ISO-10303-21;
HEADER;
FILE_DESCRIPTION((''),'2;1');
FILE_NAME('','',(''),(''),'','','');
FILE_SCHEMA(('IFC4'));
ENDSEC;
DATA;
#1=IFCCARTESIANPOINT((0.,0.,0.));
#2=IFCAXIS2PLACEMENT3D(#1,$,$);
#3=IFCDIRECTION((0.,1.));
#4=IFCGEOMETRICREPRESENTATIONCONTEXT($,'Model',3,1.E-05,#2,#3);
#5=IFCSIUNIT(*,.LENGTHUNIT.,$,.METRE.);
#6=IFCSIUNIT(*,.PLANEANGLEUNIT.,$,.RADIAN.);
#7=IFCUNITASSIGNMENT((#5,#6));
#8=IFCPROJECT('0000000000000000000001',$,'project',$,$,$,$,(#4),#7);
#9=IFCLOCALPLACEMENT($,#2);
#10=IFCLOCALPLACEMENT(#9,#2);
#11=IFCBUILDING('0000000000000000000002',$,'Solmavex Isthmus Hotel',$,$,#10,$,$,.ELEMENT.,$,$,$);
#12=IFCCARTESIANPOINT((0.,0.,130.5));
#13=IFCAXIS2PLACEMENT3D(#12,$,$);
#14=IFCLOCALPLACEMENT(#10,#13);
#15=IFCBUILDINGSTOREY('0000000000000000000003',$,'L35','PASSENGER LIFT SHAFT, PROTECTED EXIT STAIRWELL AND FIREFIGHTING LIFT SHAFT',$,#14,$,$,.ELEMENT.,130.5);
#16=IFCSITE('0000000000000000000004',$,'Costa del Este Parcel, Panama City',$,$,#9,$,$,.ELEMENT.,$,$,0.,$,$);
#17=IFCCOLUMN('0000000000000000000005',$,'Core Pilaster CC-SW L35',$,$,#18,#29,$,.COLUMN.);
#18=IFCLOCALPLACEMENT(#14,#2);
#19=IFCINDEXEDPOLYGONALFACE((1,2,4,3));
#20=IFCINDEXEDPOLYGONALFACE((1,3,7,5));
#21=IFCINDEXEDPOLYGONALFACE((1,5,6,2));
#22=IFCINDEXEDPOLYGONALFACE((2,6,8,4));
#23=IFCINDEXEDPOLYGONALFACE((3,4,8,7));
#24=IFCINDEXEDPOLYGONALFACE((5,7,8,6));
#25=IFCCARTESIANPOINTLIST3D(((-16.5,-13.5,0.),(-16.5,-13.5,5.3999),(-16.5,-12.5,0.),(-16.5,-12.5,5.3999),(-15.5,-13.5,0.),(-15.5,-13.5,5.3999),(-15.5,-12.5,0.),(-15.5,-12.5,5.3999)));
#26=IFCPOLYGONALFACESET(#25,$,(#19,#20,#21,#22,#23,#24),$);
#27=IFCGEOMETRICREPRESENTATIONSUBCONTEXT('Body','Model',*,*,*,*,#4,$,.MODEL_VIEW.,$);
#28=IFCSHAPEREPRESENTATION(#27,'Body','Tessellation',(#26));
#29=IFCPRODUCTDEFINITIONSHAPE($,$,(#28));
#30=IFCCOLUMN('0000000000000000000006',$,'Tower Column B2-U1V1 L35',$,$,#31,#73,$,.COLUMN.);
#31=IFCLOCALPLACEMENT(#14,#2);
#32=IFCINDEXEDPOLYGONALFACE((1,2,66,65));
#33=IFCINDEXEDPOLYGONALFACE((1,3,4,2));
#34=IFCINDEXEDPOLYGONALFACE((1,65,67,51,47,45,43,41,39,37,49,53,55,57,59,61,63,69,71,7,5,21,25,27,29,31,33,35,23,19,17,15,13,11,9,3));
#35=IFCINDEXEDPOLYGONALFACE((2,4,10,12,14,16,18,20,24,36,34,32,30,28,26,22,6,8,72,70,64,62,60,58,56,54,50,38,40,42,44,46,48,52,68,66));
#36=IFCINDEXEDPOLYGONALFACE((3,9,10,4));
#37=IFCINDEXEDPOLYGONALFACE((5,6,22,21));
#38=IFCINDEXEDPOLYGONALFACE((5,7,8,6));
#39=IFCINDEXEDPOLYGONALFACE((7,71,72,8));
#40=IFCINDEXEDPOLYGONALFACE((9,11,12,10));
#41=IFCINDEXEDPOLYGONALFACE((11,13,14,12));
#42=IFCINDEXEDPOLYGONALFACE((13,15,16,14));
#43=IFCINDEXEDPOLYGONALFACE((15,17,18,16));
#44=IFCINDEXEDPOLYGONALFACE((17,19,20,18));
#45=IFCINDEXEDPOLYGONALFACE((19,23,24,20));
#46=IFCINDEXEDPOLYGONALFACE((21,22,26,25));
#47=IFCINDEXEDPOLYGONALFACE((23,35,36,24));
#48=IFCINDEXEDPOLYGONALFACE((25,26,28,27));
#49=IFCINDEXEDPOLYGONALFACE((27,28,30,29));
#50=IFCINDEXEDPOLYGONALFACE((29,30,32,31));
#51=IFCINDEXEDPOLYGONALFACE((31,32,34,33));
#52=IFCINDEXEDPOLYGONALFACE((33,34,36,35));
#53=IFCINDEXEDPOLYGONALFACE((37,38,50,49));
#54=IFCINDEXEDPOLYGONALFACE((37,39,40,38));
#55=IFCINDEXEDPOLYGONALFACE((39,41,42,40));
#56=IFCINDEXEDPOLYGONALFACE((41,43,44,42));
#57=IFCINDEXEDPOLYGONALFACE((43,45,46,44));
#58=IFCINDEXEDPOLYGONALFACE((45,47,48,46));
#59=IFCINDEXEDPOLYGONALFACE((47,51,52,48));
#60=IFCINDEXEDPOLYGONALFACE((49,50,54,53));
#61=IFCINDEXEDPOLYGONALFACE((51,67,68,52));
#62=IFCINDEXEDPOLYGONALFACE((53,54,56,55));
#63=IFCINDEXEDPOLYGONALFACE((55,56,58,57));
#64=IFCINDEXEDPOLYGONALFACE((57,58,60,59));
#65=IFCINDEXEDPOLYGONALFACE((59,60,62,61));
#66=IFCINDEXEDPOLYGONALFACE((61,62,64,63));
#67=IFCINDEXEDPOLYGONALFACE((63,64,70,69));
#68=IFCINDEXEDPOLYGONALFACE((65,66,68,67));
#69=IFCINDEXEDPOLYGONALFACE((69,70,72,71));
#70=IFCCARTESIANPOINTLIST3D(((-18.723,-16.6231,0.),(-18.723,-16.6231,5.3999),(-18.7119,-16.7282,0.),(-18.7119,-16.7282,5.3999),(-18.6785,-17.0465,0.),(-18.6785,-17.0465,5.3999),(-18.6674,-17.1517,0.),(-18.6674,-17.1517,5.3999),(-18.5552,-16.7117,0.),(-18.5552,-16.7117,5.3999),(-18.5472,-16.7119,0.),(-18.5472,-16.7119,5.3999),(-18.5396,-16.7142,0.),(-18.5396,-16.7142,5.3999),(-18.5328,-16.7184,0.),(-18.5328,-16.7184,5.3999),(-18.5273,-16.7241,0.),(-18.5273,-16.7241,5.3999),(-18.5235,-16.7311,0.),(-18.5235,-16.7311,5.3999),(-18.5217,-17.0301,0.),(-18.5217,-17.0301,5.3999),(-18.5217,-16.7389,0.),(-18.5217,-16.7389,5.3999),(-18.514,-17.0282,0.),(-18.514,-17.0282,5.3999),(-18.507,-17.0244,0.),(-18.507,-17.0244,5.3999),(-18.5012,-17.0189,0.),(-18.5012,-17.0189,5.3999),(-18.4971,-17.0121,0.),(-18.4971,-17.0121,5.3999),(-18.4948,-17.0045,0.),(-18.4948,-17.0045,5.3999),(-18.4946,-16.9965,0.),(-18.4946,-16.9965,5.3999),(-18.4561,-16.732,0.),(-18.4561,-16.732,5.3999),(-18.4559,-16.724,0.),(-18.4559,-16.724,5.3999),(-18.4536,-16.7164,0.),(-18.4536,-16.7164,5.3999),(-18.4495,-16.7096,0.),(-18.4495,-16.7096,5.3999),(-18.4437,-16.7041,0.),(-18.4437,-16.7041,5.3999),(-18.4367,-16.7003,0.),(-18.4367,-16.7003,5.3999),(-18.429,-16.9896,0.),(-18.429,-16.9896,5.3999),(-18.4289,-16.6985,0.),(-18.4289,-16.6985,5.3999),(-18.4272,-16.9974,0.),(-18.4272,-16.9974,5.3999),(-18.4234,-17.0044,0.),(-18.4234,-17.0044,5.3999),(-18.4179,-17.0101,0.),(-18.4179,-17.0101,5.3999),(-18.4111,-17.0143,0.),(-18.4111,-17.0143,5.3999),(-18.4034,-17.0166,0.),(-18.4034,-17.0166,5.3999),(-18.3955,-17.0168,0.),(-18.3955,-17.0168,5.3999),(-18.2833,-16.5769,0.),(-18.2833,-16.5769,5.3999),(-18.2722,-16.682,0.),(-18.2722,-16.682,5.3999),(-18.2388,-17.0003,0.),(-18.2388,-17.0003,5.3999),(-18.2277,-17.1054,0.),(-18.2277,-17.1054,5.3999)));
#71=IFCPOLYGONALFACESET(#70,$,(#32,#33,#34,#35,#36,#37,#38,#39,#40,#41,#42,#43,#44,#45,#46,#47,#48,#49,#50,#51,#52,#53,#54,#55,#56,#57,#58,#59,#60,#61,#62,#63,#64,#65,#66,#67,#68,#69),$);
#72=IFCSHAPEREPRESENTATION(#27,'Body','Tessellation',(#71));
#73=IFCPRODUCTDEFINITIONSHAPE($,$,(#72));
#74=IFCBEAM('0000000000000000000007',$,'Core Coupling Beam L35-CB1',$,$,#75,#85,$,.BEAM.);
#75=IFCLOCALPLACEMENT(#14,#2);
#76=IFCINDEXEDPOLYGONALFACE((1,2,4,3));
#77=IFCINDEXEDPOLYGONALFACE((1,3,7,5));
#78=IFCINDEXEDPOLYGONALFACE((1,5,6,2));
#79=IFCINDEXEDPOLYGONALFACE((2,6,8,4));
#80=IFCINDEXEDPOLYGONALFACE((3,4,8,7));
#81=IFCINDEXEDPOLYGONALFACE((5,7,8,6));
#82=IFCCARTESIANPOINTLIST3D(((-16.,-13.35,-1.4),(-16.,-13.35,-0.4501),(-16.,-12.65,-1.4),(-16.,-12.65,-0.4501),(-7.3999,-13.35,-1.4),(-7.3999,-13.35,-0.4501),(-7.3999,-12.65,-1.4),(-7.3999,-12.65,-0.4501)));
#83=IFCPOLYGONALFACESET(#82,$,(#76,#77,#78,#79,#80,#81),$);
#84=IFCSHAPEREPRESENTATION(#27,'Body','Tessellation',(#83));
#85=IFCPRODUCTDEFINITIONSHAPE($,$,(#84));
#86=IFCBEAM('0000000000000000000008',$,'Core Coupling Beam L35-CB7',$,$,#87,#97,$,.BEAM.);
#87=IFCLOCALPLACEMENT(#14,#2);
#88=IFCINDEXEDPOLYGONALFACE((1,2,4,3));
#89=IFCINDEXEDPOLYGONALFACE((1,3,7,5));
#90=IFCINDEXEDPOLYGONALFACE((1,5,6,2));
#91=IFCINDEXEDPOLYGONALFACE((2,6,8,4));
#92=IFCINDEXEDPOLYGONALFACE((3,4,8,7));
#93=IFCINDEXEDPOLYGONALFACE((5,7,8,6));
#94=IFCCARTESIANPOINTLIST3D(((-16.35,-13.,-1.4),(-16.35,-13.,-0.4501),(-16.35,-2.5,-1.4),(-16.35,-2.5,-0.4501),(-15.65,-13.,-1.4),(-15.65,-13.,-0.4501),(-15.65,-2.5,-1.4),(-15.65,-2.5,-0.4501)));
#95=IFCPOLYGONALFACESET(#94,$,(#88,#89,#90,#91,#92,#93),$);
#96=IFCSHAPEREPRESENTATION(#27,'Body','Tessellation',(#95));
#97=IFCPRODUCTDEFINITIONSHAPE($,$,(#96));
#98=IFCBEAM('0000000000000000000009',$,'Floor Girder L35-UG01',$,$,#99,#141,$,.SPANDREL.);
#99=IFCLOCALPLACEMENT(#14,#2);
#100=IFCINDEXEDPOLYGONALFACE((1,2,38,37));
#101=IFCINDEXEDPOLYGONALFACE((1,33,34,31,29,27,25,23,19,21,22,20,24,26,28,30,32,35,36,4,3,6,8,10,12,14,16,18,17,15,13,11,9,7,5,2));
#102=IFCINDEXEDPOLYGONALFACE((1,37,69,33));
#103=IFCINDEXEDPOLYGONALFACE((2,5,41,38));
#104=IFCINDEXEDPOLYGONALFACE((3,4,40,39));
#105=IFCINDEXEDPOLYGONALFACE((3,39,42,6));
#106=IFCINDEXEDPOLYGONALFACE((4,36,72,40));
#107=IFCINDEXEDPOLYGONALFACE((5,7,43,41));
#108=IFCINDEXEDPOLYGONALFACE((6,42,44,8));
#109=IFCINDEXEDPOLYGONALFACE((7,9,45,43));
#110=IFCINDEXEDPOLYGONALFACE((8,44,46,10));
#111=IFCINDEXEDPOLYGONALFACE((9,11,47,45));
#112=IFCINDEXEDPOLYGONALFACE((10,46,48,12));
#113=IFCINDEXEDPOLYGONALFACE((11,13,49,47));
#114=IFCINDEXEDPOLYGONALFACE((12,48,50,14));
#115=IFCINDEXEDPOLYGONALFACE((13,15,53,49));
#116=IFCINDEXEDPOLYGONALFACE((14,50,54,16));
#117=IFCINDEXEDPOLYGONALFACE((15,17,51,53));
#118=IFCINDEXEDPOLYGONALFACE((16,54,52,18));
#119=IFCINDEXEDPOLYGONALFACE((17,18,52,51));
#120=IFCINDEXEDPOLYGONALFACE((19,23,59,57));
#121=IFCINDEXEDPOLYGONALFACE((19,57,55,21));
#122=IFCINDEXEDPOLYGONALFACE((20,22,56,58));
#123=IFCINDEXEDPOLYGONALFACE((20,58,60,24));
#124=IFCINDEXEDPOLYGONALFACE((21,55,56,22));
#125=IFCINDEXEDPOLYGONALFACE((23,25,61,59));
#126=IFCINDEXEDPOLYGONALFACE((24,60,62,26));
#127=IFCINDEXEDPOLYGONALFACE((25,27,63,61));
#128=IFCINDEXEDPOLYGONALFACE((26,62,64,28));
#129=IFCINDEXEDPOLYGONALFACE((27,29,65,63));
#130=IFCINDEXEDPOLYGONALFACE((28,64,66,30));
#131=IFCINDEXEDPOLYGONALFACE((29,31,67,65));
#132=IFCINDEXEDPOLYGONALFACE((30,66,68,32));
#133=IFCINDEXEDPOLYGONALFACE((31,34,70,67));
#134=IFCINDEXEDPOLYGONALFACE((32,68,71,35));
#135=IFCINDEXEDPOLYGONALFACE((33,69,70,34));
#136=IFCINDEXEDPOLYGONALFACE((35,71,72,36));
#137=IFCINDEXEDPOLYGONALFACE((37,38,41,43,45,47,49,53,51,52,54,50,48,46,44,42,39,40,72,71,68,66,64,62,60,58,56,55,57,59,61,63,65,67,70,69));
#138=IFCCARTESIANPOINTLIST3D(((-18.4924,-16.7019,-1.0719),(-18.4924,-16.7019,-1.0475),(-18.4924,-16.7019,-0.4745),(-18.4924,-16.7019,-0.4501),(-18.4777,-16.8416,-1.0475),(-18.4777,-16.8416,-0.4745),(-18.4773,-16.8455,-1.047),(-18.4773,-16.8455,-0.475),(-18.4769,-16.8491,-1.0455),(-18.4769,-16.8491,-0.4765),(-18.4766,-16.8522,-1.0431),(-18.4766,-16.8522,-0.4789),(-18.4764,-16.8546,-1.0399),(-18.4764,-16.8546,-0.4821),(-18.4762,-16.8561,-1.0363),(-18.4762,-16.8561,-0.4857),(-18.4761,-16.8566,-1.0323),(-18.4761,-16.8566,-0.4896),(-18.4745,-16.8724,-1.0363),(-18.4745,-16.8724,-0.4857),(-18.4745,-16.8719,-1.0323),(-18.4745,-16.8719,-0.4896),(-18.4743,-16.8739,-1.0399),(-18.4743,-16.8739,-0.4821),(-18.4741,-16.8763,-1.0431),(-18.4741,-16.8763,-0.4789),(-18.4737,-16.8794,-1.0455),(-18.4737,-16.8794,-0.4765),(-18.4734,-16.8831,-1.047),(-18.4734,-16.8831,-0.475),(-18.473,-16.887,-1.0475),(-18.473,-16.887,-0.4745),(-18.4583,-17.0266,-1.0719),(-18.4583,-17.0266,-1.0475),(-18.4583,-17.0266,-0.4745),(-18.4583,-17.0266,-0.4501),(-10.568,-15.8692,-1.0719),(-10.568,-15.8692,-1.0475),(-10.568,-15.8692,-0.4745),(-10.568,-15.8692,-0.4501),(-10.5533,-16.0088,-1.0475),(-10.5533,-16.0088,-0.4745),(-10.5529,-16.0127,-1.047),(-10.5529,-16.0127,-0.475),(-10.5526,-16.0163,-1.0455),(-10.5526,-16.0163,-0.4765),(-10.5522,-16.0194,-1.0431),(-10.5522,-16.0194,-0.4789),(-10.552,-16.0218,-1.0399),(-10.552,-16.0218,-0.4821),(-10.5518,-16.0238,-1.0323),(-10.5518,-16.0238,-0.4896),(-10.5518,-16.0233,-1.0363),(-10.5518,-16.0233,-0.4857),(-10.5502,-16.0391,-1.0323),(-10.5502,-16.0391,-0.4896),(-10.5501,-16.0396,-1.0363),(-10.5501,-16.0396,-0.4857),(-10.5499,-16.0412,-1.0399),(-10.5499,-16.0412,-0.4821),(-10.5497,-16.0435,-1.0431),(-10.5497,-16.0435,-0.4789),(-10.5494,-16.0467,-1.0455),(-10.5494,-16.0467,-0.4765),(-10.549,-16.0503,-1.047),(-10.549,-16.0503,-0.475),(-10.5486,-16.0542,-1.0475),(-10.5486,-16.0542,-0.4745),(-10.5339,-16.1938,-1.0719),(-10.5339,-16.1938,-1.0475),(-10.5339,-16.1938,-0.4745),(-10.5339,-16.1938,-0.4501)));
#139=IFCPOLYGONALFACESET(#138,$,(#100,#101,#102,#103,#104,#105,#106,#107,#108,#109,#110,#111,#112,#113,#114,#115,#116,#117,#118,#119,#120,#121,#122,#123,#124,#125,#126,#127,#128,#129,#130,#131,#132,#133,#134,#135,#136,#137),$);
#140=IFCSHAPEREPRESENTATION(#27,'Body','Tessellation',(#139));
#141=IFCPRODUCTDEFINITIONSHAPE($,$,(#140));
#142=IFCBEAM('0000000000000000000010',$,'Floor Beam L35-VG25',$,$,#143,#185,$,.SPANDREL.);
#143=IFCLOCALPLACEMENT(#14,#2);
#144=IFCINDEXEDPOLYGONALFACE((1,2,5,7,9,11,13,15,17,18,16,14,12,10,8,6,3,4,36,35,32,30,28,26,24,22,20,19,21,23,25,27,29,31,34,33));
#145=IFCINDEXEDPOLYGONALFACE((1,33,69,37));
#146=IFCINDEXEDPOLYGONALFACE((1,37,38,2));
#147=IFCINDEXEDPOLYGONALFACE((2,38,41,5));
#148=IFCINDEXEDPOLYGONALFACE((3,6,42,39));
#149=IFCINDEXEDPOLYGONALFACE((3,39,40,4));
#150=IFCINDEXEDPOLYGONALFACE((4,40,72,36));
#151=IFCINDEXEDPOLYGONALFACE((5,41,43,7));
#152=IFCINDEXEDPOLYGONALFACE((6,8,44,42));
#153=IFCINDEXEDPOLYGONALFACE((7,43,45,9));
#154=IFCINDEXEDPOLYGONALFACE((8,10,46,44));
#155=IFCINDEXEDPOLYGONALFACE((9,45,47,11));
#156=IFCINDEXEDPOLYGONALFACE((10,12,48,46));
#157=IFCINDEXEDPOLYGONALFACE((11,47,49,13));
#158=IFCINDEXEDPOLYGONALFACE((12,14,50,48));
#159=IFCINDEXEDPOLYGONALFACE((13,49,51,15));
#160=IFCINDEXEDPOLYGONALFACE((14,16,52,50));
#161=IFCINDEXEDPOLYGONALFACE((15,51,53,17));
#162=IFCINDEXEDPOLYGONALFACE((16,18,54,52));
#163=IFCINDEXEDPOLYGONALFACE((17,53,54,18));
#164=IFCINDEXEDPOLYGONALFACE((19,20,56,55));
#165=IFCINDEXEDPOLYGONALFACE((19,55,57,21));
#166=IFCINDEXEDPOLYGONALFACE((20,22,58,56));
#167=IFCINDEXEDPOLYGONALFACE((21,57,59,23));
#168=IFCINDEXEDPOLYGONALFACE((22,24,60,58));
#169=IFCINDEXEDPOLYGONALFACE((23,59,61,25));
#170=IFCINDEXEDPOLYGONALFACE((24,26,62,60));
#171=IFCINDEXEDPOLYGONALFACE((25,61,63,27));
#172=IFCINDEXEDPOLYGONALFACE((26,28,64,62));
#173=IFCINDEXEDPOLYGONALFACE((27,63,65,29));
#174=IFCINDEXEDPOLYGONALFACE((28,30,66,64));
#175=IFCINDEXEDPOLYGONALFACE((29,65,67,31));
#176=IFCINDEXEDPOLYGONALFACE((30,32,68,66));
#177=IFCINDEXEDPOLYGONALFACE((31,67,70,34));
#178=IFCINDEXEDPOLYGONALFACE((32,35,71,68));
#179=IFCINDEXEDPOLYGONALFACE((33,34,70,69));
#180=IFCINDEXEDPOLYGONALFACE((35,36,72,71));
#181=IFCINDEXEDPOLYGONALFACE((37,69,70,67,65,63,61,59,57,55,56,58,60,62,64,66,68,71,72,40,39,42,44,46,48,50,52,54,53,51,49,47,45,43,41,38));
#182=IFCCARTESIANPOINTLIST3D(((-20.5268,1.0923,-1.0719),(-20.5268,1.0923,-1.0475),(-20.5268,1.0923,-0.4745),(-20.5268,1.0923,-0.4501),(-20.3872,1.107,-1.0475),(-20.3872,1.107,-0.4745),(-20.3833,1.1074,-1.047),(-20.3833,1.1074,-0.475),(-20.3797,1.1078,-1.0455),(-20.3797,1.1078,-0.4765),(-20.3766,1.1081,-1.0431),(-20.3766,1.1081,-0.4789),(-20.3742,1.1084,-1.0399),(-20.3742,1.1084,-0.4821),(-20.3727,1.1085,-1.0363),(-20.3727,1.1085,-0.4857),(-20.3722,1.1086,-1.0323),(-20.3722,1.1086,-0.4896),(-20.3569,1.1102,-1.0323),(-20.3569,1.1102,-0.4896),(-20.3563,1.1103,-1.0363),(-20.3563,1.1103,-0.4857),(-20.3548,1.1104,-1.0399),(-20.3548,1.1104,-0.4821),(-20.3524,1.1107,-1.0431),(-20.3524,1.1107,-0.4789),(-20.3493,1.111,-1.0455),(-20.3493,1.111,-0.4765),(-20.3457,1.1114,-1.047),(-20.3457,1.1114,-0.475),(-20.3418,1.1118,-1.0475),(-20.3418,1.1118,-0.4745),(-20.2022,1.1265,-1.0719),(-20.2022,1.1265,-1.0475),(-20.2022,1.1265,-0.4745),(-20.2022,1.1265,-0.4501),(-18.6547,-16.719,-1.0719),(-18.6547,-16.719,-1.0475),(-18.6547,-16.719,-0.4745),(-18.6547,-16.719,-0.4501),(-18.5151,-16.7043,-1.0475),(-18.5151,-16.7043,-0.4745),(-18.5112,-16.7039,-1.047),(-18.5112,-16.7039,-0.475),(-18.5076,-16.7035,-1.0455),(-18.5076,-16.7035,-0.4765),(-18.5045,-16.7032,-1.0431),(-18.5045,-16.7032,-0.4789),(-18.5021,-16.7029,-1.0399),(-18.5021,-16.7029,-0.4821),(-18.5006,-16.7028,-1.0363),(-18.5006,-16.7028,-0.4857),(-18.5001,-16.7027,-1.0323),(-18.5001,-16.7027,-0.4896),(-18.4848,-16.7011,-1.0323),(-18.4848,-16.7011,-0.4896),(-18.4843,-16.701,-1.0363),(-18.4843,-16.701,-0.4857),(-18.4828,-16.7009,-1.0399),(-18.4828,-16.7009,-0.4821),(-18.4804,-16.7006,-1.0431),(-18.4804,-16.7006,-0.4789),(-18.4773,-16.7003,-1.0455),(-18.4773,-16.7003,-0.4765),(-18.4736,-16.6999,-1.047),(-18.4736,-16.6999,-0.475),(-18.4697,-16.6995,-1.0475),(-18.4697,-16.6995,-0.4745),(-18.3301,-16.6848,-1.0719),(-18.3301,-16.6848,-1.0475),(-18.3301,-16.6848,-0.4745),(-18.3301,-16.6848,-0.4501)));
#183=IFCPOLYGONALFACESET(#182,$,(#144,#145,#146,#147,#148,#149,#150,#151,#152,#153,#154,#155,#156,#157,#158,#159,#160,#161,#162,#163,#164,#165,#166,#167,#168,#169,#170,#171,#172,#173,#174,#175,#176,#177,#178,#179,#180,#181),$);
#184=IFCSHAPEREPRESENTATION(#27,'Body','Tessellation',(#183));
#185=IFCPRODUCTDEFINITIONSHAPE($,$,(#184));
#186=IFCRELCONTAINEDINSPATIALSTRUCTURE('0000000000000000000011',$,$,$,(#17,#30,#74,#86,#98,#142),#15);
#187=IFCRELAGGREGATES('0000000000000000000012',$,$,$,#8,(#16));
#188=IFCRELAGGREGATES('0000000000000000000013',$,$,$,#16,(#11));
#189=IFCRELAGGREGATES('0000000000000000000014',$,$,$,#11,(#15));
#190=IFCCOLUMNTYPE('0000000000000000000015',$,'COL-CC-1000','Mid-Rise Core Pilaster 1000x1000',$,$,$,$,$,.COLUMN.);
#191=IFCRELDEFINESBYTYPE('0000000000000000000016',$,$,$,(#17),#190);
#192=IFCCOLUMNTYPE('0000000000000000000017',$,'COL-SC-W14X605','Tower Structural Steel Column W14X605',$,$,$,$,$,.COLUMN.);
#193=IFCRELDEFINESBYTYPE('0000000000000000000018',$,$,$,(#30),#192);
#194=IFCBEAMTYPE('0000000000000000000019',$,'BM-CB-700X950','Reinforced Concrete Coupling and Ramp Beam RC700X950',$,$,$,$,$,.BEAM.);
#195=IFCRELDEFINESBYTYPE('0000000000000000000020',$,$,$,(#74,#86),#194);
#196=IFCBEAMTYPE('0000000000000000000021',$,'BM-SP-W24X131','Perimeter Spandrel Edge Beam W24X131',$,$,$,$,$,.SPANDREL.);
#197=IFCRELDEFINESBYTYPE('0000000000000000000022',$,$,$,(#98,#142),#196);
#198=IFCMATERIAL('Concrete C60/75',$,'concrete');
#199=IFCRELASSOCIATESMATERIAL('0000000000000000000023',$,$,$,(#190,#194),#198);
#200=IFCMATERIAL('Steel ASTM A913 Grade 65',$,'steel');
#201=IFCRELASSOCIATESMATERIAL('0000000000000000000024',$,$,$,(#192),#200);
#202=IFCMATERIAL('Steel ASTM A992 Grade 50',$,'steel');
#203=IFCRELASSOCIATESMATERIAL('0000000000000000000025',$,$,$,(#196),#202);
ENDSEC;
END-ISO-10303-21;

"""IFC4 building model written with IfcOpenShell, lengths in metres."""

from ifc_helpers import new_model, si_unit, direction, frame, origin, origin_2d, place, context, subcontext, project, spatial, rectangle, i_section, extrude, material, material_profile, profile_set, type_object, element, save


model = new_model("IFC4")

# Units and contexts
model_context = context("Model", 3, precision=1e-05, world=origin(), true_north=direction((0.0, 1.0)))
body_context = subcontext(model_context, "Body", "Model", "MODEL_VIEW")
ifc_project = project(units=[si_unit("LENGTHUNIT", "METRE"), si_unit("PLANEANGLEUNIT", "RADIAN")], contexts=[model_context])

# Site, building, storey
site_placement = place(None, origin())
site = spatial("IfcSite", under=ifc_project, at=site_placement, Name="Costa del Este Parcel, Panama City", CompositionType="ELEMENT", RefElevation=0.0)
building_placement = place(site_placement, origin())
building = spatial("IfcBuilding", under=site, at=building_placement, Name="Solmavex Isthmus Hotel", CompositionType="ELEMENT")
storey_placement = place(building_placement, frame((0.0, 0.0, 130.5)))
storey = spatial("IfcBuildingStorey", under=building, at=storey_placement, Name="L35", Description="PASSENGER LIFT SHAFT, PROTECTED EXIT STAIRWELL AND FIREFIGHTING LIFT SHAFT", CompositionType="ELEMENT", Elevation=130.5)

# Columns
ifc_material_1 = material(Name="Concrete C60/75", Category="concrete")
ifc_material_profile_1 = material_profile(ifc_material_1, rectangle(XDim=1.0, YDim=1.0, at=origin_2d()), Name="RC1000X1000")
ifc_profile_set_1 = profile_set([ifc_material_profile_1], Name="Concrete C60/75")
column_type_1 = type_object("IfcColumnType", Name="COL-CC-1000", Description="Mid-Rise Core Pilaster 1000x1000", PredefinedType="COLUMN", material=ifc_profile_set_1)
column_1_placement = place(storey_placement, frame((-16.0, -13.0, 0.0), z_axis=(0.0, 0.0, 1.0), x_axis=(1.0, 0.0, 0.0)))
element("IfcColumn", 1, at=column_1_placement, inside=storey, type_object=column_type_1, Name="Core Pilaster CC-SW L35", PredefinedType="COLUMN", context=body_context, shape_type="SweptSolid", body=[
    extrude(rectangle(XDim=1.0, YDim=1.0, at=origin_2d()), origin(), (0.0, 0.0, 1.0), 5.3999),
])
ifc_material_2 = material(Name="Steel ASTM A913 Grade 65", Category="steel")
ifc_material_profile_2 = material_profile(ifc_material_2, i_section(OverallWidth=0.4421, OverallDepth=0.5315, WebThickness=0.0659, FlangeThickness=0.1057, FilletRadius=0.0305, at=origin_2d()), Name="W14X605")
ifc_profile_set_2 = profile_set([ifc_material_profile_2], Name="Steel ASTM A913 Grade 65")
column_type_2 = type_object("IfcColumnType", Name="COL-SC-W14X605", Description="Tower Structural Steel Column W14X605", PredefinedType="COLUMN", material=ifc_profile_set_2)
column_2_placement = place(storey_placement, frame((-18.4753, -16.8643, 0.0), z_axis=(0.0, 0.0, 1.0), x_axis=(0.994522, 0.104528, 0.0)))
element("IfcColumn", 2, at=column_2_placement, inside=storey, type_object=column_type_2, Name="Tower Column B2-U1V1 L35", PredefinedType="COLUMN", context=body_context, shape_type="SweptSolid", body=[
    extrude(i_section(OverallWidth=0.4421, OverallDepth=0.5315, WebThickness=0.0659, FlangeThickness=0.1057, FilletRadius=0.0305, at=origin_2d()), origin(), (0.0, 0.0, 1.0), 5.3999),
])

# Beams
ifc_material_profile_3 = material_profile(ifc_material_1, rectangle(XDim=0.7, YDim=0.95, at=origin_2d()), Name="RC700X950")
ifc_profile_set_3 = profile_set([ifc_material_profile_3], Name="Concrete C60/75")
beam_type_1 = type_object("IfcBeamType", Name="BM-CB-700X950", Description="Reinforced Concrete Coupling and Ramp Beam RC700X950", PredefinedType="BEAM", material=ifc_profile_set_3)
beam_1_placement = place(storey_placement, frame((-16.0, -13.0, -0.925), z_axis=(1.0, 0.0, 0.0), x_axis=(0.0, 1.0, 0.0)))
element("IfcBeam", 3, at=beam_1_placement, inside=storey, type_object=beam_type_1, Name="Core Coupling Beam L35-CB1", PredefinedType="BEAM", context=body_context, shape_type="SweptSolid", body=[
    extrude(rectangle(XDim=0.7, YDim=0.95, at=origin_2d()), origin(), (0.0, 0.0, 1.0), 8.6001),
])
beam_2_placement = place(storey_placement, frame((-16.0, -13.0, -0.925), z_axis=(0.0, 1.0, 0.0), x_axis=(-1.0, 0.0, 0.0)))
element("IfcBeam", 4, at=beam_2_placement, inside=storey, type_object=beam_type_1, Name="Core Coupling Beam L35-CB7", PredefinedType="BEAM", context=body_context, shape_type="SweptSolid", body=[
    extrude(rectangle(XDim=0.7, YDim=0.95, at=origin_2d()), origin(), (0.0, 0.0, 1.0), 10.5),
])
ifc_material_3 = material(Name="Steel ASTM A992 Grade 50", Category="steel")
ifc_material_profile_4 = material_profile(ifc_material_3, i_section(OverallWidth=0.3264, OverallDepth=0.6218, WebThickness=0.0154, FlangeThickness=0.0244, FilletRadius=0.0151, at=origin_2d()), Name="W24X131")
ifc_profile_set_4 = profile_set([ifc_material_profile_4], Name="Steel ASTM A992 Grade 50")
beam_type_2 = type_object("IfcBeamType", Name="BM-SP-W24X131", Description="Perimeter Spandrel Edge Beam W24X131", PredefinedType="SPANDREL", material=ifc_profile_set_4)
beam_3_placement = place(storey_placement, frame((-18.4753, -16.8643, -0.761), z_axis=(0.994523, 0.104514, 0.0), x_axis=(-0.104514, 0.994523, 0.0)))
element("IfcBeam", 5, at=beam_3_placement, inside=storey, type_object=beam_type_2, Name="Floor Girder L35-UG01", PredefinedType="SPANDREL", context=body_context, shape_type="SweptSolid", body=[
    extrude(i_section(OverallWidth=0.3264, OverallDepth=0.6218, WebThickness=0.0154, FlangeThickness=0.0244, FilletRadius=0.0151, at=origin_2d()), origin(), (0.0, 0.0, 1.0), 7.968),
])
beam_4_placement = place(storey_placement, frame((-18.4924, -16.7019, -0.761), z_axis=(-0.10453, 0.994522, 0.0), x_axis=(-0.994522, -0.10453, 0.0)))
element("IfcBeam", 6, at=beam_4_placement, inside=storey, type_object=beam_type_2, Name="Floor Beam L35-VG25", PredefinedType="SPANDREL", context=body_context, shape_type="SweptSolid", body=[
    extrude(i_section(OverallWidth=0.3264, OverallDepth=0.6218, WebThickness=0.0154, FlangeThickness=0.0244, FilletRadius=0.0151, at=origin_2d()), origin(), (0.0, 0.0, 1.0), 17.9094),
])

save(model, "model.ifc")
